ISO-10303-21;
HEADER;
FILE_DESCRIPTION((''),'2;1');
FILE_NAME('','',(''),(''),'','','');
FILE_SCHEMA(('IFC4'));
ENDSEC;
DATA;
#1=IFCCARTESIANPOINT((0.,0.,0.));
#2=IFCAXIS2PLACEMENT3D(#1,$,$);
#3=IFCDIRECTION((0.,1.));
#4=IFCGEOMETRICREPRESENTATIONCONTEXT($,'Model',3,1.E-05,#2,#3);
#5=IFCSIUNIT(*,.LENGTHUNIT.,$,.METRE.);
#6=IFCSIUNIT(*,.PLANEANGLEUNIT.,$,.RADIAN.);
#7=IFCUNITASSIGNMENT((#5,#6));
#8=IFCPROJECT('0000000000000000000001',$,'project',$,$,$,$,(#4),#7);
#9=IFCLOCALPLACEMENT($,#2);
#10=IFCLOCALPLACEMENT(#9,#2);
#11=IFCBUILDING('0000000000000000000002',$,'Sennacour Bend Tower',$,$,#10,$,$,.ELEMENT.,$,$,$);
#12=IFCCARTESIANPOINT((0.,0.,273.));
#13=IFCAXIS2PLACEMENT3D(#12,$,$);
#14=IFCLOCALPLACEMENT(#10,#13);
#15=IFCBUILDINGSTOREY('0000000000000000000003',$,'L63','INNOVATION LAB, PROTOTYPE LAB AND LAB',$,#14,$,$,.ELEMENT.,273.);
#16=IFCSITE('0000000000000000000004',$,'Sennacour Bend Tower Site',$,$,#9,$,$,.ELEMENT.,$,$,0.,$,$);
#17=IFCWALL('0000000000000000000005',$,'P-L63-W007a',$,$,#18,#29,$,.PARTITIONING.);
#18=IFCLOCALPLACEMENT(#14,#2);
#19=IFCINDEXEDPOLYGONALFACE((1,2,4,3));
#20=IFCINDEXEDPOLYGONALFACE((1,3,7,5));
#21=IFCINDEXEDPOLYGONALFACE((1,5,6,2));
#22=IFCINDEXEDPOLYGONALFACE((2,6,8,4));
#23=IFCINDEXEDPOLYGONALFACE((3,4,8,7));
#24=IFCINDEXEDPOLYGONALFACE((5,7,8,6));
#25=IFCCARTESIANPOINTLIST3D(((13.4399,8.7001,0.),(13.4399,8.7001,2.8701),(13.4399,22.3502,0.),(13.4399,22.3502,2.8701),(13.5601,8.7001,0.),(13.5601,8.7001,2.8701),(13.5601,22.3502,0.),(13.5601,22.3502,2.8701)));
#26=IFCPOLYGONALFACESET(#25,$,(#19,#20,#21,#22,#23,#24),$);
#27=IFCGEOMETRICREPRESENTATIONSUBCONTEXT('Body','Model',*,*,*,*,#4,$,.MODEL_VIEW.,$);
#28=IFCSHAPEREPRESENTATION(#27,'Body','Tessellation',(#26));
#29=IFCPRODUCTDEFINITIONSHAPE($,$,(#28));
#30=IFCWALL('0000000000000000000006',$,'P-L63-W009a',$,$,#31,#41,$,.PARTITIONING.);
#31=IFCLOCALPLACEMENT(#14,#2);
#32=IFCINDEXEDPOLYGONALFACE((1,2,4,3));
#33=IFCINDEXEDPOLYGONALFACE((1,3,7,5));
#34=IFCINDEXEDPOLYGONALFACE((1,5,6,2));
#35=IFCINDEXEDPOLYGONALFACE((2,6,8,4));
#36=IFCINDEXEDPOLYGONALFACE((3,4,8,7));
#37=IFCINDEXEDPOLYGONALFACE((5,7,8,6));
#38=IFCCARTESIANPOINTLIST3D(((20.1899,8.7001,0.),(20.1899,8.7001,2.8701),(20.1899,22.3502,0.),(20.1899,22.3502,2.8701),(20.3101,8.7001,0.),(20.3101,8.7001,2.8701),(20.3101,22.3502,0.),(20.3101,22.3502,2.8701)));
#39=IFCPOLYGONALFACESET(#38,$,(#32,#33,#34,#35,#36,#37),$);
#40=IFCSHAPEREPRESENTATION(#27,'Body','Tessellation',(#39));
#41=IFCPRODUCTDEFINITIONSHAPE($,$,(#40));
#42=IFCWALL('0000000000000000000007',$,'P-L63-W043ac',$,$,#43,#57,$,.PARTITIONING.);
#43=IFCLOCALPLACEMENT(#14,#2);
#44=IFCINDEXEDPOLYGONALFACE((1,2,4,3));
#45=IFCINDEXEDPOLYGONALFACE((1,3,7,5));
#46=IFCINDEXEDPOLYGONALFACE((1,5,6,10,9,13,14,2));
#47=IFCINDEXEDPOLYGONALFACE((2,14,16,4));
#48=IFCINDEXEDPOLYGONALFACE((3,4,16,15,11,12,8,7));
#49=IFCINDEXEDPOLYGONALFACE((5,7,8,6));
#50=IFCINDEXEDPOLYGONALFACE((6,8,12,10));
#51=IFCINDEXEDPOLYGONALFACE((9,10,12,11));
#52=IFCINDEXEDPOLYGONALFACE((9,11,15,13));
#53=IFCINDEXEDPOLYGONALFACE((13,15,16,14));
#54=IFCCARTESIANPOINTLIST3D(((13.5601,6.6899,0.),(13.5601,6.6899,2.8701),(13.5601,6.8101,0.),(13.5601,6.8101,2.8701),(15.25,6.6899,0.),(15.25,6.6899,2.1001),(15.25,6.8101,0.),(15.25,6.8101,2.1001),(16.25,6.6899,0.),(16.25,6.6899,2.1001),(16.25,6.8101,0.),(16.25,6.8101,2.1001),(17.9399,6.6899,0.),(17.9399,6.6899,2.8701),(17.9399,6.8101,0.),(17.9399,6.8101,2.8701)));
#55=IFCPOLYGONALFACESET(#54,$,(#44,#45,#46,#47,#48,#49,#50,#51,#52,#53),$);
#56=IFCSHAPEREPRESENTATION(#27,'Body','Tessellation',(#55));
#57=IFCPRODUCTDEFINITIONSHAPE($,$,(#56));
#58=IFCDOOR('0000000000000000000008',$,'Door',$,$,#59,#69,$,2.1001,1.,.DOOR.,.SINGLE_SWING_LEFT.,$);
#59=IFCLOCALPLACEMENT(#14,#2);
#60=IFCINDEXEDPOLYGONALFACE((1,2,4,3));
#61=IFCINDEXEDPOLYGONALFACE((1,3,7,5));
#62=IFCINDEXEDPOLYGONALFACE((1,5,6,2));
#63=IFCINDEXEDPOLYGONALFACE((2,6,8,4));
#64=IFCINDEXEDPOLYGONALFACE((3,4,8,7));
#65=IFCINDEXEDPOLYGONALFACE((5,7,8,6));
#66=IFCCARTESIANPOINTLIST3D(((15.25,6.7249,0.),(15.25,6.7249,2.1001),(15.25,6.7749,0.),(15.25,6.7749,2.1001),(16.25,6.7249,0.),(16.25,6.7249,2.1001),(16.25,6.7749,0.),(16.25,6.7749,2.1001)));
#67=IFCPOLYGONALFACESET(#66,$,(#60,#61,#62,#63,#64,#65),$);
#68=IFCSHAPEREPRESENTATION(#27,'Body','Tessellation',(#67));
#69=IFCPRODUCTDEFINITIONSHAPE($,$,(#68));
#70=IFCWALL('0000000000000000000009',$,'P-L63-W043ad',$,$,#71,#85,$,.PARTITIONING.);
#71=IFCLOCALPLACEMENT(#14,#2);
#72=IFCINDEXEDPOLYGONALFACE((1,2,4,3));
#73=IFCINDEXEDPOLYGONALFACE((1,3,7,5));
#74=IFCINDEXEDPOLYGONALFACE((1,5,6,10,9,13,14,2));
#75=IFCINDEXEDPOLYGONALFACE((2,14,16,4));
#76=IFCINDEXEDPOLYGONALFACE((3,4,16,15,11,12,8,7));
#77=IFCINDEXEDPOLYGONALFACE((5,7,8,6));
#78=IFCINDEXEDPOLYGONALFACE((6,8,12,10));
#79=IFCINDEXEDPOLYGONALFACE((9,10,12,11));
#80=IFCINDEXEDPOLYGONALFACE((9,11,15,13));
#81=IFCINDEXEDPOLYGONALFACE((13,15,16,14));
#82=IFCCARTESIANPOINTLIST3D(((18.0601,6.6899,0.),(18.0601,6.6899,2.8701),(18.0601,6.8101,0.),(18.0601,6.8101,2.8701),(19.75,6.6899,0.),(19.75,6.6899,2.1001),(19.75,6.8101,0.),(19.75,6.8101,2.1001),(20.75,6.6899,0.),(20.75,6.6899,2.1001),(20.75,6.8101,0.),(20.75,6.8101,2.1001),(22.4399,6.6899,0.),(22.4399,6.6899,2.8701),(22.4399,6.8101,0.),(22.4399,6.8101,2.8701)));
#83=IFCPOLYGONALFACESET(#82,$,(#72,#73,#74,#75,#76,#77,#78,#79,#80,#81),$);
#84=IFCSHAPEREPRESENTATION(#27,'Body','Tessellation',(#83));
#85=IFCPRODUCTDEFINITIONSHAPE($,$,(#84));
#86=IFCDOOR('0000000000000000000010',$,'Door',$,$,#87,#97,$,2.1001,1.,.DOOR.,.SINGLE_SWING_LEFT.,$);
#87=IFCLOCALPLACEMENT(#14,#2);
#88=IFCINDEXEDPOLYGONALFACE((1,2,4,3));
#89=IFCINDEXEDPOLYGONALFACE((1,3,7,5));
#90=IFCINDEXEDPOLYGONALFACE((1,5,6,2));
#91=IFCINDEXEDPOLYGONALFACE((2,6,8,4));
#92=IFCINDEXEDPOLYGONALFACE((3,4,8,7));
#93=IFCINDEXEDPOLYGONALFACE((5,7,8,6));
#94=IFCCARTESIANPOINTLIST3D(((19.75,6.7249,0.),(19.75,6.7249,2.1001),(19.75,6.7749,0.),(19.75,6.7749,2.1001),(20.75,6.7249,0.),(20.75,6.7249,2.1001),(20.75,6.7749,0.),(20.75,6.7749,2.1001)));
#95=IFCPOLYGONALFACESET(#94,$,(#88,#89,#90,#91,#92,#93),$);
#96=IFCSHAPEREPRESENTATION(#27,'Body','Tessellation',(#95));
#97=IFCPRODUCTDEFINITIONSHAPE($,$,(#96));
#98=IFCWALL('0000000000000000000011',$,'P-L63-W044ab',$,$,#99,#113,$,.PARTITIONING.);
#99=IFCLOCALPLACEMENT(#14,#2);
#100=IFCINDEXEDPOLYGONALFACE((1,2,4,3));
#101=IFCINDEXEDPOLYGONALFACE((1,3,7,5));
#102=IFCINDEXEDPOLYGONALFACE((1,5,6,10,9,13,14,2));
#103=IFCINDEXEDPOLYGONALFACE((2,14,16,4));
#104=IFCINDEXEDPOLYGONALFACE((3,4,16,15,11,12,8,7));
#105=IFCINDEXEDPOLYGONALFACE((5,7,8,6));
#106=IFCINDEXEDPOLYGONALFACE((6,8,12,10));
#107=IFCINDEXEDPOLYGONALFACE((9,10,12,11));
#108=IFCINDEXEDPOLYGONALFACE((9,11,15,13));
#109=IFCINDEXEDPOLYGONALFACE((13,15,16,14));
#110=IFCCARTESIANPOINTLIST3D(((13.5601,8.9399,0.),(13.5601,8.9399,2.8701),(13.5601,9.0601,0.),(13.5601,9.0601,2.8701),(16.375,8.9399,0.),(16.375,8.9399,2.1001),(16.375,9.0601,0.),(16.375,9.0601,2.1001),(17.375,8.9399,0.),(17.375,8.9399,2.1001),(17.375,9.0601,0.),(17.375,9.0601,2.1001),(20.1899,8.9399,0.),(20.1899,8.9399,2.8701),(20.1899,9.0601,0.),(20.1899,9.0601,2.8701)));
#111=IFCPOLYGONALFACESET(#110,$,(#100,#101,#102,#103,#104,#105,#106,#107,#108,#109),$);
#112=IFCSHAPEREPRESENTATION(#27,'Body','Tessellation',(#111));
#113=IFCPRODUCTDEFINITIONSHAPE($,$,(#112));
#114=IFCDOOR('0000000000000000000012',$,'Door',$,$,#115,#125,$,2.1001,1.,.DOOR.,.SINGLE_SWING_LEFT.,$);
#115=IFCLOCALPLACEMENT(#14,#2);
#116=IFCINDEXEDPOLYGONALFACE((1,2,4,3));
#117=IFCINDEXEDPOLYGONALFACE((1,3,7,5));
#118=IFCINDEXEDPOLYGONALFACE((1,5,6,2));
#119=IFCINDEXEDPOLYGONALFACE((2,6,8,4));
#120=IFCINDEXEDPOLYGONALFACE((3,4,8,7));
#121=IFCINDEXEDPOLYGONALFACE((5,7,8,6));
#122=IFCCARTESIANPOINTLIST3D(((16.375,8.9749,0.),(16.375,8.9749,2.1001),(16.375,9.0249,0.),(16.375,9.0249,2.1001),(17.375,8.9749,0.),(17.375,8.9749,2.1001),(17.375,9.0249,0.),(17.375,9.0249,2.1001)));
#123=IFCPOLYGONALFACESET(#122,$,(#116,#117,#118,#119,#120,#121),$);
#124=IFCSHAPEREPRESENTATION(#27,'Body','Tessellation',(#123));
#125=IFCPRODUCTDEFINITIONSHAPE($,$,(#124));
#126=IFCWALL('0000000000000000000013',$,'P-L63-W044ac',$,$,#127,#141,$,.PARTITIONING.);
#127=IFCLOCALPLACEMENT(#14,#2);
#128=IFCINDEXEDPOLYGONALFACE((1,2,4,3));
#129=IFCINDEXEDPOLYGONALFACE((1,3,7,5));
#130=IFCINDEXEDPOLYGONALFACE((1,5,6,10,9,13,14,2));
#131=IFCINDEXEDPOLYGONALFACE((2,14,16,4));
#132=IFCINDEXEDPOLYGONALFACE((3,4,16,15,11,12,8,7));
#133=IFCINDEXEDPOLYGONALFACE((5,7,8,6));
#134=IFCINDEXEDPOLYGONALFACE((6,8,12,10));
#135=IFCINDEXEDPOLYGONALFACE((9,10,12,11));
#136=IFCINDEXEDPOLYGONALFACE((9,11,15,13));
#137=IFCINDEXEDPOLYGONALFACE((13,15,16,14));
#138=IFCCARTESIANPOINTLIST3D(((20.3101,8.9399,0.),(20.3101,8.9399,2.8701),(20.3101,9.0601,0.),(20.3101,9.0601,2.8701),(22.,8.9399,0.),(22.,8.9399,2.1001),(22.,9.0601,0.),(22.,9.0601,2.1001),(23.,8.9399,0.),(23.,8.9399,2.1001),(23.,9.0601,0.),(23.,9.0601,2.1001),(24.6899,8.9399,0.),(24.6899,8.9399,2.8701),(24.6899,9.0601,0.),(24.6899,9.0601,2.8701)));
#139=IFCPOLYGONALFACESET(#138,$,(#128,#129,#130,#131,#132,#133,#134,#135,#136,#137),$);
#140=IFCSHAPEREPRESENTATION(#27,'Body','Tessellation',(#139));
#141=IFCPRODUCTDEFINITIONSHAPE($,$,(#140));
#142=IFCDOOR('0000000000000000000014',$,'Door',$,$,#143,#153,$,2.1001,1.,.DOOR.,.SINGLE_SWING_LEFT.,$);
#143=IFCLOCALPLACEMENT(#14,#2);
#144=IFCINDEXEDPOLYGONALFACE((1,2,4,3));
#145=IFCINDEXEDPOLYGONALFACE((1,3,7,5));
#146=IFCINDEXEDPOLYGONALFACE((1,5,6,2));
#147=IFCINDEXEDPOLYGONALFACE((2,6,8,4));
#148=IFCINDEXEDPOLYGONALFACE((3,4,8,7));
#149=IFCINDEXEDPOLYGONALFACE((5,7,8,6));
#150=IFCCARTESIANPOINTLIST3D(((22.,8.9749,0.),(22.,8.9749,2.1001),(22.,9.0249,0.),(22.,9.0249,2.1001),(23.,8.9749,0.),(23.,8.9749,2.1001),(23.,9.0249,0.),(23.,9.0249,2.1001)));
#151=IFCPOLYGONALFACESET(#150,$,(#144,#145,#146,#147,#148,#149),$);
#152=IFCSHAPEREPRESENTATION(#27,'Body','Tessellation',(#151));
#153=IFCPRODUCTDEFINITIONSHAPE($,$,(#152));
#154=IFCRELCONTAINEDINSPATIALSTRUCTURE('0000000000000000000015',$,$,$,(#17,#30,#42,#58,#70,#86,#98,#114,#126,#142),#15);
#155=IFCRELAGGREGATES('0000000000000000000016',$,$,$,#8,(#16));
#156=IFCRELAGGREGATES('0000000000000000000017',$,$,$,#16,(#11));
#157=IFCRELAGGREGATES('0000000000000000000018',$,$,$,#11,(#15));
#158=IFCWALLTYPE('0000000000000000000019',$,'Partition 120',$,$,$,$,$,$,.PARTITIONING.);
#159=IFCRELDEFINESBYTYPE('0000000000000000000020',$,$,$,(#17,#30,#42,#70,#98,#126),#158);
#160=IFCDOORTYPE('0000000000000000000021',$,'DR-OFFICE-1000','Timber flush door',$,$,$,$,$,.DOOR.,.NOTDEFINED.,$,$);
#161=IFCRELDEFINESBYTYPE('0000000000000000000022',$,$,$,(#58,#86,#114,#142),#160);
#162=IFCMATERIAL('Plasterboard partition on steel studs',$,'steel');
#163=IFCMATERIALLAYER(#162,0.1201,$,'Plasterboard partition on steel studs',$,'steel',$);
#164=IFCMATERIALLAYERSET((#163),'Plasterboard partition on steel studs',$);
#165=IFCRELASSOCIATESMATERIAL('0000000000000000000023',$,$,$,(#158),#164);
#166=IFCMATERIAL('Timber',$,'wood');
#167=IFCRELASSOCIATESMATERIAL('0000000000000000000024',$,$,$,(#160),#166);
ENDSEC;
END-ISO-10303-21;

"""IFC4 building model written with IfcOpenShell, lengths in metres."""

from ifc_helpers import new_model, si_unit, direction, frame, frame_2d, origin, place, context, subcontext, project, spatial, rectangle, extrude, material, layer, layer_set, type_object, element, fill, save


model = new_model("IFC4")

# Units and contexts
model_context = context("Model", 3, precision=1e-05, world=origin(), true_north=direction((0.0, 1.0)))
body_context = subcontext(model_context, "Body", "Model", "MODEL_VIEW")
ifc_project = project(units=[si_unit("LENGTHUNIT", "METRE"), si_unit("PLANEANGLEUNIT", "RADIAN")], contexts=[model_context])

# Site, building, storey
site_placement = place(None, origin())
site = spatial("IfcSite", under=ifc_project, at=site_placement, Name="Sennacour Bend Tower Site", CompositionType="ELEMENT", RefElevation=0.0)
building_placement = place(site_placement, origin())
building = spatial("IfcBuilding", under=site, at=building_placement, Name="Sennacour Bend Tower", CompositionType="ELEMENT")
storey_placement = place(building_placement, frame((0.0, 0.0, 273.0)))
storey = spatial("IfcBuildingStorey", under=building, at=storey_placement, Name="L63", Description="INNOVATION LAB, PROTOTYPE LAB AND LAB", CompositionType="ELEMENT", Elevation=273.0)

# Walls
ifc_material_1 = material(Name="Plasterboard partition on steel studs", Category="steel")
ifc_layer_1 = layer(ifc_material_1, 0.1201, Name="Plasterboard partition on steel studs", Category="steel")
ifc_layer_set_1 = layer_set([ifc_layer_1], Name="Plasterboard partition on steel studs")
wall_type_1 = type_object("IfcWallType", Name="Partition 120", PredefinedType="PARTITIONING", material=ifc_layer_set_1)
for number, where, z_axis, x_axis, name in (
    (1, (13.5, 8.7, 0.0), (0.0, 0.0, 1.0), (0.0, 1.0, 0.0), "P-L63-W007a"),
    (2, (20.25, 8.7, 0.0), (0.0, 0.0, 1.0), (0.0, 1.0, 0.0), "P-L63-W009a"),
):
    element("IfcWall", number, at=place(storey_placement, frame(where, z_axis=z_axis, x_axis=x_axis)), inside=storey, type_object=wall_type_1, Name=name, PredefinedType="PARTITIONING", context=body_context, shape_type="SweptSolid", body=[
        extrude(rectangle(XDim=13.6501, YDim=0.1201, at=frame_2d((6.8252, 0.0))), origin(), (0.0, 0.0, 1.0), 2.8701),
    ])

# Walls, openings, doors
wall_1_placement = place(storey_placement, frame((13.5601, 6.75, 0.0), z_axis=(0.0, 0.0, 1.0), x_axis=(1.0, 0.0, 0.0)))
wall_1 = element("IfcWall", 3, at=wall_1_placement, inside=storey, type_object=wall_type_1, Name="P-L63-W043ac", PredefinedType="PARTITIONING", context=body_context, shape_type="SweptSolid", body=[
    extrude(rectangle(XDim=4.3799, YDim=0.1201, at=frame_2d((2.1899, 0.0))), origin(), (0.0, 0.0, 1.0), 2.8701),
])
opening_1_placement = place(wall_1_placement, frame((1.6899, 0.0, 0.0)))
opening_1 = element("IfcOpeningElement", 4, at=opening_1_placement, cuts=wall_1, PredefinedType="OPENING", context=body_context, shape_type="SweptSolid", body=[
    extrude(rectangle(XDim=1.0, YDim=2.1001, at=frame_2d((0.5, 1.05))), frame((0.0, 0.0701, 0.0), z_axis=(0.0, -1.0, 0.0), x_axis=(1.0, 0.0, 0.0)), (0.0, 0.0, 1.0), 0.1401),
])
ifc_material_2 = material(Name="Timber", Category="wood")
door_type = type_object("IfcDoorType", Name="DR-OFFICE-1000", Description="Timber flush door", OperationType="NOTDEFINED", PredefinedType="DOOR", material=ifc_material_2)
door_1_placement = place(opening_1_placement, origin())
door_1 = element("IfcDoor", 5, at=door_1_placement, inside=storey, type_object=door_type, Name="Door", OperationType="SINGLE_SWING_LEFT", OverallHeight=2.1001, OverallWidth=1.0, PredefinedType="DOOR", context=body_context, shape_type="SweptSolid", body=[
    extrude(rectangle(XDim=1.0, YDim=2.1001, at=frame_2d((0.5, 1.05))), frame((0.0, 0.0249, 0.0), z_axis=(0.0, -1.0, 0.0), x_axis=(1.0, 0.0, 0.0)), (0.0, 0.0, 1.0), 0.05),
])
fill(opening_1, door_1)
wall_2_placement = place(storey_placement, frame((18.0601, 6.75, 0.0), z_axis=(0.0, 0.0, 1.0), x_axis=(1.0, 0.0, 0.0)))
wall_2 = element("IfcWall", 6, at=wall_2_placement, inside=storey, type_object=wall_type_1, Name="P-L63-W043ad", PredefinedType="PARTITIONING", context=body_context, shape_type="SweptSolid", body=[
    extrude(rectangle(XDim=4.3799, YDim=0.1201, at=frame_2d((2.1899, 0.0))), origin(), (0.0, 0.0, 1.0), 2.8701),
])
opening_2_placement = place(wall_2_placement, frame((1.6899, 0.0, 0.0)))
opening_2 = element("IfcOpeningElement", 7, at=opening_2_placement, cuts=wall_2, PredefinedType="OPENING", context=body_context, shape_type="SweptSolid", body=[
    extrude(rectangle(XDim=1.0, YDim=2.1001, at=frame_2d((0.5, 1.05))), frame((0.0, 0.0701, 0.0), z_axis=(0.0, -1.0, 0.0), x_axis=(1.0, 0.0, 0.0)), (0.0, 0.0, 1.0), 0.1401),
])
door_2_placement = place(opening_2_placement, origin())
door_2 = element("IfcDoor", 8, at=door_2_placement, inside=storey, type_object=door_type, Name="Door", OperationType="SINGLE_SWING_LEFT", OverallHeight=2.1001, OverallWidth=1.0, PredefinedType="DOOR", context=body_context, shape_type="SweptSolid", body=[
    extrude(rectangle(XDim=1.0, YDim=2.1001, at=frame_2d((0.5, 1.05))), frame((0.0, 0.0249, 0.0), z_axis=(0.0, -1.0, 0.0), x_axis=(1.0, 0.0, 0.0)), (0.0, 0.0, 1.0), 0.05),
])
fill(opening_2, door_2)
wall_3_placement = place(storey_placement, frame((13.5601, 9.0, 0.0), z_axis=(0.0, 0.0, 1.0), x_axis=(1.0, 0.0, 0.0)))
wall_3 = element("IfcWall", 9, at=wall_3_placement, inside=storey, type_object=wall_type_1, Name="P-L63-W044ab", PredefinedType="PARTITIONING", context=body_context, shape_type="SweptSolid", body=[
    extrude(rectangle(XDim=6.6299, YDim=0.1201, at=frame_2d((3.3149, 0.0))), origin(), (0.0, 0.0, 1.0), 2.8701),
])
opening_3_placement = place(wall_3_placement, frame((2.8149, 0.0, 0.0)))
opening_3 = element("IfcOpeningElement", 10, at=opening_3_placement, cuts=wall_3, PredefinedType="OPENING", context=body_context, shape_type="SweptSolid", body=[
    extrude(rectangle(XDim=1.0, YDim=2.1001, at=frame_2d((0.5, 1.05))), frame((0.0, 0.0701, 0.0), z_axis=(0.0, -1.0, 0.0), x_axis=(1.0, 0.0, 0.0)), (0.0, 0.0, 1.0), 0.1401),
])
door_3_placement = place(opening_3_placement, origin())
door_3 = element("IfcDoor", 11, at=door_3_placement, inside=storey, type_object=door_type, Name="Door", OperationType="SINGLE_SWING_LEFT", OverallHeight=2.1001, OverallWidth=1.0, PredefinedType="DOOR", context=body_context, shape_type="SweptSolid", body=[
    extrude(rectangle(XDim=1.0, YDim=2.1001, at=frame_2d((0.5, 1.05))), frame((0.0, 0.0249, 0.0), z_axis=(0.0, -1.0, 0.0), x_axis=(1.0, 0.0, 0.0)), (0.0, 0.0, 1.0), 0.05),
])
fill(opening_3, door_3)
wall_4_placement = place(storey_placement, frame((20.3101, 9.0, 0.0), z_axis=(0.0, 0.0, 1.0), x_axis=(1.0, 0.0, 0.0)))
wall_4 = element("IfcWall", 12, at=wall_4_placement, inside=storey, type_object=wall_type_1, Name="P-L63-W044ac", PredefinedType="PARTITIONING", context=body_context, shape_type="SweptSolid", body=[
    extrude(rectangle(XDim=4.3799, YDim=0.1201, at=frame_2d((2.1899, 0.0))), origin(), (0.0, 0.0, 1.0), 2.8701),
])
opening_4_placement = place(wall_4_placement, frame((1.6899, 0.0, 0.0)))
opening_4 = element("IfcOpeningElement", 13, at=opening_4_placement, cuts=wall_4, PredefinedType="OPENING", context=body_context, shape_type="SweptSolid", body=[
    extrude(rectangle(XDim=1.0, YDim=2.1001, at=frame_2d((0.5, 1.05))), frame((0.0, 0.0701, 0.0), z_axis=(0.0, -1.0, 0.0), x_axis=(1.0, 0.0, 0.0)), (0.0, 0.0, 1.0), 0.1401),
])
door_4_placement = place(opening_4_placement, origin())
door_4 = element("IfcDoor", 14, at=door_4_placement, inside=storey, type_object=door_type, Name="Door", OperationType="SINGLE_SWING_LEFT", OverallHeight=2.1001, OverallWidth=1.0, PredefinedType="DOOR", context=body_context, shape_type="SweptSolid", body=[
    extrude(rectangle(XDim=1.0, YDim=2.1001, at=frame_2d((0.5, 1.05))), frame((0.0, 0.0249, 0.0), z_axis=(0.0, -1.0, 0.0), x_axis=(1.0, 0.0, 0.0)), (0.0, 0.0, 1.0), 0.05),
])
fill(opening_4, door_4)

save(model, "model.ifc")
